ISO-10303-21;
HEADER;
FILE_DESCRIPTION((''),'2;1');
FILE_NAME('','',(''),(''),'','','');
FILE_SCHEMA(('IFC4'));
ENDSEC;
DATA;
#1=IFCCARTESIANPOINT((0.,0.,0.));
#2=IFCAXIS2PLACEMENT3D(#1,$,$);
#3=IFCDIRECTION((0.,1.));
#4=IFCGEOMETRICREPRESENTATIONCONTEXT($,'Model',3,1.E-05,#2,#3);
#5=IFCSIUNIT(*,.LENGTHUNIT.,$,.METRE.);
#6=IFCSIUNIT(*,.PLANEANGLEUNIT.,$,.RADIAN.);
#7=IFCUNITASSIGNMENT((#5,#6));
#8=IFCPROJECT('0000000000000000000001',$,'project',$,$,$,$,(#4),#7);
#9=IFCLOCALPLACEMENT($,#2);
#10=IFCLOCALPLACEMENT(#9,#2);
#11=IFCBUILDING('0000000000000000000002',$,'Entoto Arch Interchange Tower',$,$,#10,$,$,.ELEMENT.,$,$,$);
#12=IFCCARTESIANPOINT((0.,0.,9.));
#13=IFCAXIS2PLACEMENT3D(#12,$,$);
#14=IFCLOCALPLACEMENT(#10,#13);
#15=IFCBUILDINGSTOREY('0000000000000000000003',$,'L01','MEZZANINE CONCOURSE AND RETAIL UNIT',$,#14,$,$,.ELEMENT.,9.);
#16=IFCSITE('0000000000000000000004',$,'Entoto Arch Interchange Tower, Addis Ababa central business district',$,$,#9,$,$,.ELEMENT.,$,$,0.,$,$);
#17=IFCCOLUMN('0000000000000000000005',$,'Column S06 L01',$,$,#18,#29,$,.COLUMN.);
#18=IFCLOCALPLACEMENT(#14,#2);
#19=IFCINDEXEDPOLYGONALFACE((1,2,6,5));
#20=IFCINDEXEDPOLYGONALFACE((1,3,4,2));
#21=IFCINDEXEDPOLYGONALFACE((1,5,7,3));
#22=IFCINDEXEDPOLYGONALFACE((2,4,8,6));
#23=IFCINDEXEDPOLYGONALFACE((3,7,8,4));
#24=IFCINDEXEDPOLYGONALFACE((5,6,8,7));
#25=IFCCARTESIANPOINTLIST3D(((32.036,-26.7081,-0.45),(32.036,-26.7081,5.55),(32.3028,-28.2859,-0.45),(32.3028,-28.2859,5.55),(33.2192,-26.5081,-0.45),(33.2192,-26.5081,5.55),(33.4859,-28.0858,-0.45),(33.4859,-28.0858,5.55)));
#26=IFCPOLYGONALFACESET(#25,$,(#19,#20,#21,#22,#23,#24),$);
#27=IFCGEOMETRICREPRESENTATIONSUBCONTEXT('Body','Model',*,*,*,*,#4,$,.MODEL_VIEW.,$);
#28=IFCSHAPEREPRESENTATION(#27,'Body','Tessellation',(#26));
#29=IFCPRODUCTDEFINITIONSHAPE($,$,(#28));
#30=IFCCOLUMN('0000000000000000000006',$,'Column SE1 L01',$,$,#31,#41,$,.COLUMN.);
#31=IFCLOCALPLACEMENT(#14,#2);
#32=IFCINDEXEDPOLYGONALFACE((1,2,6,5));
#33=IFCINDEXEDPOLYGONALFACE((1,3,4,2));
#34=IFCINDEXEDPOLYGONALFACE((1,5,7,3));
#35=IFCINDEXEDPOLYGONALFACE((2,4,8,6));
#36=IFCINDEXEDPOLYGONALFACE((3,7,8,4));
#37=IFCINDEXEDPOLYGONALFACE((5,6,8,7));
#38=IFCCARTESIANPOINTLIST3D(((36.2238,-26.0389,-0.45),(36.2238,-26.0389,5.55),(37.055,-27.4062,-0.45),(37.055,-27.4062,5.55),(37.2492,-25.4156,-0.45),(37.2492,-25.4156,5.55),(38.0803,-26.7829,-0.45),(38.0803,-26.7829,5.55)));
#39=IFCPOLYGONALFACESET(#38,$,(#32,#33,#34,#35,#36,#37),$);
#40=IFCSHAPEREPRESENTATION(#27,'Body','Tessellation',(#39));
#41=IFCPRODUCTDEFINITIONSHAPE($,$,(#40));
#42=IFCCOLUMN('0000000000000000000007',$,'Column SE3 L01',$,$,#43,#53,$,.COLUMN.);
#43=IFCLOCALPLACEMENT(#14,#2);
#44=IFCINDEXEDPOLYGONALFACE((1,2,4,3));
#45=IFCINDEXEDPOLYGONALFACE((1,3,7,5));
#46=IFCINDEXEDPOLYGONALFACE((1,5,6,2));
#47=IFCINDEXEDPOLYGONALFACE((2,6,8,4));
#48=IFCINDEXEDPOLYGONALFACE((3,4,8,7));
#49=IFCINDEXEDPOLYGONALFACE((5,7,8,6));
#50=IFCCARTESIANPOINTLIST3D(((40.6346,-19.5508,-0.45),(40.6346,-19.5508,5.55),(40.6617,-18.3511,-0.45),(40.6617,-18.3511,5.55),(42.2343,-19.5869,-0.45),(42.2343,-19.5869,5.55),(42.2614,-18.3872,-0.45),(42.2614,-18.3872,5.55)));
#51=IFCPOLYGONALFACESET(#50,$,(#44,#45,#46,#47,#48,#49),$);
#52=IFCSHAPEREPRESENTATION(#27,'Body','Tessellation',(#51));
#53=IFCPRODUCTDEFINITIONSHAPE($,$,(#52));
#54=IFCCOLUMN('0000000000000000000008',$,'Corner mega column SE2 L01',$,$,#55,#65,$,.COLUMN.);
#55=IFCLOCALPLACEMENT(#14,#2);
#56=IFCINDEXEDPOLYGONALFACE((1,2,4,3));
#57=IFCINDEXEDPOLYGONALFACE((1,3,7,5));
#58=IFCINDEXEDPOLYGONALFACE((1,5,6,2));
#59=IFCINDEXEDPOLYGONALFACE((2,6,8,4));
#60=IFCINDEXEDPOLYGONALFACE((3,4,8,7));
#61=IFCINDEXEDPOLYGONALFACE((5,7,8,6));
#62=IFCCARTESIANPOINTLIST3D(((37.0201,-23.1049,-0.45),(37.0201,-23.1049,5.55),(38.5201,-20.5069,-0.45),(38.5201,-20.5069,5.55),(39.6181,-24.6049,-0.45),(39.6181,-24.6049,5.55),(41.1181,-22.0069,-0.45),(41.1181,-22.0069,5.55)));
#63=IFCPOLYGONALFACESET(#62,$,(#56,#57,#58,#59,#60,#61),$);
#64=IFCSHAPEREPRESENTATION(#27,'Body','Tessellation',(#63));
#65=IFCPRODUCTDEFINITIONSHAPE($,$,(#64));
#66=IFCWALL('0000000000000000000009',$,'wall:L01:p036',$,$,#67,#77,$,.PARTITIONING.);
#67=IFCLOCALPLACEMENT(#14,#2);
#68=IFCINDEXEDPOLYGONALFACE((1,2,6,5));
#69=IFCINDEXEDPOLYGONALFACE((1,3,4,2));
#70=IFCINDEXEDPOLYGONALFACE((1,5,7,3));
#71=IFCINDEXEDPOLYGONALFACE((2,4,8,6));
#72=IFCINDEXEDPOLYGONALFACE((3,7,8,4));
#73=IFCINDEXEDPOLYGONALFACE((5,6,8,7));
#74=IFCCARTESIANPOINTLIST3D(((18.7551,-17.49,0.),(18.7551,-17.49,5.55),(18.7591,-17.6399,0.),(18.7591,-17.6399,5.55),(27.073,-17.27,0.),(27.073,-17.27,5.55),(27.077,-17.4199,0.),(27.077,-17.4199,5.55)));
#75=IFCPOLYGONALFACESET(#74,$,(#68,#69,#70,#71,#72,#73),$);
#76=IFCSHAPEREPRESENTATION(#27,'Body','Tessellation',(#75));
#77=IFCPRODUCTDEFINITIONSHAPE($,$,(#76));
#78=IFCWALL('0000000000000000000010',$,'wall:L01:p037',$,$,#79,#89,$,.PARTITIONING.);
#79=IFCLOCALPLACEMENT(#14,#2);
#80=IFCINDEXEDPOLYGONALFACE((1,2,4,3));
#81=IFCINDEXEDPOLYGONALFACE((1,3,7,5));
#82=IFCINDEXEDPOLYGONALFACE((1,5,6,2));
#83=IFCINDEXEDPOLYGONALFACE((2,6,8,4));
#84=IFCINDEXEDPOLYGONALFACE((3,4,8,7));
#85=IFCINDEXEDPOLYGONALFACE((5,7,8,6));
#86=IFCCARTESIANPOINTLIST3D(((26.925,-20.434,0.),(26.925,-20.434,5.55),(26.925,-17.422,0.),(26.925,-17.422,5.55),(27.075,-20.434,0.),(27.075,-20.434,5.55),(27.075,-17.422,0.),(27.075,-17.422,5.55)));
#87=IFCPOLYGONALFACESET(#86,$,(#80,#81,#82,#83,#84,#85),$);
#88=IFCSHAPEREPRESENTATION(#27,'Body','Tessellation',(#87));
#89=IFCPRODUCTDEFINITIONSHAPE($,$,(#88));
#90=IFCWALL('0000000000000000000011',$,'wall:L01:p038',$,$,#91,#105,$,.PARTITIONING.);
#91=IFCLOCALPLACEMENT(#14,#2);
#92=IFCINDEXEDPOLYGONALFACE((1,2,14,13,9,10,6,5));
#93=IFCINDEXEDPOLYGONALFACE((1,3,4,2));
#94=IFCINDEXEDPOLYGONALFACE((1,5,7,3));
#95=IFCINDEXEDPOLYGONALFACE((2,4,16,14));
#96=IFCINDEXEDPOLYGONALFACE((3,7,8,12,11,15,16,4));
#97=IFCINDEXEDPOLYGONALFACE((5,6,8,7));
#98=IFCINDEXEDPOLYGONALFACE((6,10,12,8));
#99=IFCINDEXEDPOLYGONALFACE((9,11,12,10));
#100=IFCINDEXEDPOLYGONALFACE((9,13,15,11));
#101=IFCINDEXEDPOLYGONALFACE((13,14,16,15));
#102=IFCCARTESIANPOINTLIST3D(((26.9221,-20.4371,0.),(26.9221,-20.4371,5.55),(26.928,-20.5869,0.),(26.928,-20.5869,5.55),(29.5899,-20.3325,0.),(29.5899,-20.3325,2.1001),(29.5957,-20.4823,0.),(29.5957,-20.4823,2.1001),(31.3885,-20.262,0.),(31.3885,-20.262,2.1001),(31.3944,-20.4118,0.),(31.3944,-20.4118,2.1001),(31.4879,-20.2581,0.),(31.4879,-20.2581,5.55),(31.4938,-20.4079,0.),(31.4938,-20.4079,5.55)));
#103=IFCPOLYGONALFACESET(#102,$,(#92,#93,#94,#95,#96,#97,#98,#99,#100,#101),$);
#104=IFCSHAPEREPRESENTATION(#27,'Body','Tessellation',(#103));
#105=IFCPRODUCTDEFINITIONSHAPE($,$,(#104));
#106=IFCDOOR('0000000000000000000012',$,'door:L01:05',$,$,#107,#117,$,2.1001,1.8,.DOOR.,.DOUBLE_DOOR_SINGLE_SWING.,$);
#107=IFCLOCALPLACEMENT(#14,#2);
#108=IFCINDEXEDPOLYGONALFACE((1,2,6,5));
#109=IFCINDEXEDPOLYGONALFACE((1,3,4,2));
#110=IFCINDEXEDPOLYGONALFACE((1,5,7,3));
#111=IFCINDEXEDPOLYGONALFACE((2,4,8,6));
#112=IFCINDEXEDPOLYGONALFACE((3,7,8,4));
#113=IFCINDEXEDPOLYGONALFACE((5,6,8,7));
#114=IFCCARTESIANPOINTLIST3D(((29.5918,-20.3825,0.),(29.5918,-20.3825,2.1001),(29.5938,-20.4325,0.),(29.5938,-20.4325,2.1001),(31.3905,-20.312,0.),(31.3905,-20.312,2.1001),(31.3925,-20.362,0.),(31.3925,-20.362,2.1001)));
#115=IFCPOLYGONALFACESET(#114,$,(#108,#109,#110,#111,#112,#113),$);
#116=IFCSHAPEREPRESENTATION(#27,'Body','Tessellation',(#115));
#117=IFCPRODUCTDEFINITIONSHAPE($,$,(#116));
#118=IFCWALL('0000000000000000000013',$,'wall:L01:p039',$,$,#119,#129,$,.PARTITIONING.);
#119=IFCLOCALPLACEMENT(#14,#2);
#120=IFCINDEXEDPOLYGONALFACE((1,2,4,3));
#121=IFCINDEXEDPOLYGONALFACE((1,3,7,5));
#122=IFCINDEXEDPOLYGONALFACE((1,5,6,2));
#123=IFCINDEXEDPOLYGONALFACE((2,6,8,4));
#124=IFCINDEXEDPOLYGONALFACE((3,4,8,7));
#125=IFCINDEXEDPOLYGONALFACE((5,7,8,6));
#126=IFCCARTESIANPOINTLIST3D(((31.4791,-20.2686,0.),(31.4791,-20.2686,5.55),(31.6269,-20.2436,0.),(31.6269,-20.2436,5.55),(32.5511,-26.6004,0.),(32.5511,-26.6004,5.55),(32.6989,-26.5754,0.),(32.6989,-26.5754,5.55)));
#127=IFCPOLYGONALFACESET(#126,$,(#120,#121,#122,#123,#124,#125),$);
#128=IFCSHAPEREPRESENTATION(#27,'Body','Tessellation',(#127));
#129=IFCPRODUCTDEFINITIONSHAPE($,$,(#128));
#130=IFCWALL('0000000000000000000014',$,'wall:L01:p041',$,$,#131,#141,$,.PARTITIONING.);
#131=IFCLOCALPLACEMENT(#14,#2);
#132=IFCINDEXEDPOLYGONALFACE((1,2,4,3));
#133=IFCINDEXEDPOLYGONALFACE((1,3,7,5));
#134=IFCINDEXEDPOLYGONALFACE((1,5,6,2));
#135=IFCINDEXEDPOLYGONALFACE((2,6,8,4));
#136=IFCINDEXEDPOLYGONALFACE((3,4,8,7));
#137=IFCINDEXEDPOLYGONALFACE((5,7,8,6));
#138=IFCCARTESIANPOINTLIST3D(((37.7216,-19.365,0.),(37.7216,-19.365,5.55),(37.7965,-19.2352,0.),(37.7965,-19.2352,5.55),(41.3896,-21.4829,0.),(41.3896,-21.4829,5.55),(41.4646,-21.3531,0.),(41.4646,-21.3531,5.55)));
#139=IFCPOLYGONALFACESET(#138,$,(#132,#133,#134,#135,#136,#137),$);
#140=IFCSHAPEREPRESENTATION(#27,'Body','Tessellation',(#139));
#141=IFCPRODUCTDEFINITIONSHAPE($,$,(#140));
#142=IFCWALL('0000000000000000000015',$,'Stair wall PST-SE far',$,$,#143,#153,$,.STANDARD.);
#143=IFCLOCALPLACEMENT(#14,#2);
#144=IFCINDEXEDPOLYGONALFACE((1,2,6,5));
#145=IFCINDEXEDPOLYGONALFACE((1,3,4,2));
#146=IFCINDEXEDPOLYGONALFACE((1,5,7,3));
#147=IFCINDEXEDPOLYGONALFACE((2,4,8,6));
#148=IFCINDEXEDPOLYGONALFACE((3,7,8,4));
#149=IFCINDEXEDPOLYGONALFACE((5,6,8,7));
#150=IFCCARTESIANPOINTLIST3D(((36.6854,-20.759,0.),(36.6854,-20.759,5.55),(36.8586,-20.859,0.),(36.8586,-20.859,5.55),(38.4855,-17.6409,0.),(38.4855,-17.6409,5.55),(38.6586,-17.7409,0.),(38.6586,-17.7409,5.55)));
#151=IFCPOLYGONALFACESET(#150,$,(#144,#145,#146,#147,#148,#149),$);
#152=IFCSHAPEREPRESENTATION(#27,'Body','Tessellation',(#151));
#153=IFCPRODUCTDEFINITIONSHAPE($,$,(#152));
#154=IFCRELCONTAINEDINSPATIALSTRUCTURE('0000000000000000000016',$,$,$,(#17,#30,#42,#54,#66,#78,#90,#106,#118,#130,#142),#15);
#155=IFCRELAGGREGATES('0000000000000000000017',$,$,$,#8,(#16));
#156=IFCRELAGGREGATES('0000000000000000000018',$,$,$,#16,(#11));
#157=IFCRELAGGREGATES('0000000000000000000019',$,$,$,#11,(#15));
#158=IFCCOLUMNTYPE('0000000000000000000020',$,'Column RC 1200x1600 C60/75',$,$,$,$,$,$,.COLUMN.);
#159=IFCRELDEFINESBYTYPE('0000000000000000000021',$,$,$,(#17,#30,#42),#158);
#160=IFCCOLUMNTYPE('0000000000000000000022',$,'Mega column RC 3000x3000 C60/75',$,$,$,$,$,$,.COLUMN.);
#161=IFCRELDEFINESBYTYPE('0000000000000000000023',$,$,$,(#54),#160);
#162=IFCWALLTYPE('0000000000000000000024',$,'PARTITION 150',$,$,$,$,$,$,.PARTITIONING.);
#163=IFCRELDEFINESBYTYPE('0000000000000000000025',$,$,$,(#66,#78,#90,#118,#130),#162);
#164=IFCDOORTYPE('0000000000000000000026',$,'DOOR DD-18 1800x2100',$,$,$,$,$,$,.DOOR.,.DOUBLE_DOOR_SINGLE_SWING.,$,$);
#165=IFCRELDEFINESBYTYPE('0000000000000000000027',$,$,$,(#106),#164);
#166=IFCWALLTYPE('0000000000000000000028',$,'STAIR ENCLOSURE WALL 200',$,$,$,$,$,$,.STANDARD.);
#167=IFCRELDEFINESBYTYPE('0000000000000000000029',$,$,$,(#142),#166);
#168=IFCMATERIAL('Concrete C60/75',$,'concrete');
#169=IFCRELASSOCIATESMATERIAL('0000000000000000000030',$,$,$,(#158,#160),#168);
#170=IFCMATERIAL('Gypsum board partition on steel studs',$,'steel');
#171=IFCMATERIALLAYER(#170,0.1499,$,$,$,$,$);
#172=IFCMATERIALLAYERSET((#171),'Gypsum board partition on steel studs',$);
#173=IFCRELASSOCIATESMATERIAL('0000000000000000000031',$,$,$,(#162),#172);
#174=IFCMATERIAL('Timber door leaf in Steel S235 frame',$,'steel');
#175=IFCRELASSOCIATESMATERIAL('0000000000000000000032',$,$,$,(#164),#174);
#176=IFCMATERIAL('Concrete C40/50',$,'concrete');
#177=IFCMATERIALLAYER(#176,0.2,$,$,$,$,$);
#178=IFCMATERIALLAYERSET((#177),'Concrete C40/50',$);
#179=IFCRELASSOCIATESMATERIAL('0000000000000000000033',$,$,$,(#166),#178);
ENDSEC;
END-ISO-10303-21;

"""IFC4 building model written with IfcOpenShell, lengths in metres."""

from ifc_helpers import new_model, si_unit, direction, frame, frame_2d, origin, origin_2d, place, context, subcontext, project, spatial, rectangle, extrude, material, layer, layer_set, material_profile, profile_set, type_object, element, fill, save


model = new_model("IFC4")

# Units and contexts
model_context = context("Model", 3, precision=1e-05, world=origin(), true_north=direction((0.0, 1.0)))
body_context = subcontext(model_context, "Body", "Model", "MODEL_VIEW")
ifc_project = project(units=[si_unit("LENGTHUNIT", "METRE"), si_unit("PLANEANGLEUNIT", "RADIAN")], contexts=[model_context])

# Site, building, storey
site_placement = place(None, origin())
site = spatial("IfcSite", under=ifc_project, at=site_placement, Name="Entoto Arch Interchange Tower, Addis Ababa central business district", CompositionType="ELEMENT", RefElevation=0.0)
building_placement = place(site_placement, origin())
building = spatial("IfcBuilding", under=site, at=building_placement, Name="Entoto Arch Interchange Tower", CompositionType="ELEMENT")
storey_placement = place(building_placement, frame((0.0, 0.0, 9.0)))
storey = spatial("IfcBuildingStorey", under=building, at=storey_placement, Name="L01", Description="MEZZANINE CONCOURSE AND RETAIL UNIT", CompositionType="ELEMENT", Elevation=9.0)

# Columns
ifc_material_1 = material(Name="Concrete C60/75", Category="concrete")
ifc_material_profile_1 = material_profile(ifc_material_1, rectangle(XDim=1.2, YDim=1.6001, at=origin_2d()))
ifc_profile_set_1 = profile_set([ifc_material_profile_1], Name="Concrete C60/75")
column_type_1 = type_object("IfcColumnType", Name="Column RC 1200x1600 C60/75", PredefinedType="COLUMN", material=ifc_profile_set_1)
for number, where, z_axis, x_axis, name in (
    (1, (32.761, -27.397, -0.45), (0.0, 0.0, 1.0), (0.986005, 0.166717, 0.0), "Column S06 L01"),
    (2, (37.1521, -26.4109, -0.45), (0.0, 0.0, 1.0), (0.854522, 0.519415, 0.0), "Column SE1 L01"),
    (3, (41.448, -18.969, -0.45), (0.0, 0.0, 1.0), (0.022565, 0.999745, 0.0), "Column SE3 L01"),
):
    element("IfcColumn", number, at=place(storey_placement, frame(where, z_axis=z_axis, x_axis=x_axis)), inside=storey, type_object=column_type_1, Name=name, PredefinedType="COLUMN", context=body_context, shape_type="SweptSolid", body=[
        extrude(rectangle(XDim=1.2, YDim=1.6001, at=origin_2d()), origin(), (0.0, 0.0, 1.0), 6.0),
    ])
ifc_material_profile_2 = material_profile(ifc_material_1, rectangle(XDim=3.0, YDim=3.0, at=origin_2d()))
ifc_profile_set_2 = profile_set([ifc_material_profile_2], Name="Concrete C60/75")
column_type_2 = type_object("IfcColumnType", Name="Mega column RC 3000x3000 C60/75", PredefinedType="COLUMN", material=ifc_profile_set_2)
column_placement = place(storey_placement, frame((39.0691, -22.5559, -0.45), z_axis=(0.0, 0.0, 1.0), x_axis=(-0.866025, 0.5, 0.0)))
element("IfcColumn", 4, at=column_placement, inside=storey, type_object=column_type_2, Name="Corner mega column SE2 L01", PredefinedType="COLUMN", context=body_context, shape_type="SweptSolid", body=[
    extrude(rectangle(XDim=3.0, YDim=3.0, at=origin_2d()), origin(), (0.0, 0.0, 1.0), 6.0),
])

# Walls
ifc_material_2 = material(Name="Gypsum board partition on steel studs", Category="steel")
ifc_layer_1 = layer(ifc_material_2, 0.1499)
ifc_layer_set_1 = layer_set([ifc_layer_1], Name="Gypsum board partition on steel studs")
wall_type_1 = type_object("IfcWallType", Name="PARTITION 150", PredefinedType="PARTITIONING", material=ifc_layer_set_1)
wall_1_placement = place(storey_placement, frame((18.7571, -17.5649, 0.0), z_axis=(0.0, 0.0, 1.0), x_axis=(0.99965, 0.026436, 0.0)))
element("IfcWall", 5, at=wall_1_placement, inside=storey, type_object=wall_type_1, Name="wall:L01:p036", PredefinedType="PARTITIONING", context=body_context, shape_type="SweptSolid", body=[
    extrude(rectangle(XDim=8.3208, YDim=0.1499, at=frame_2d((4.1604, 0.0))), origin(), (0.0, 0.0, 1.0), 5.55),
])
wall_2_placement = place(storey_placement, frame((27.0, -17.4221, 0.0), z_axis=(0.0, 0.0, 1.0), x_axis=(0.0, -1.0, 0.0)))
element("IfcWall", 6, at=wall_2_placement, inside=storey, type_object=wall_type_1, Name="wall:L01:p037", PredefinedType="PARTITIONING", context=body_context, shape_type="SweptSolid", body=[
    extrude(rectangle(XDim=3.012, YDim=0.1499, at=frame_2d((1.5059, 0.0))), origin(), (0.0, 0.0, 1.0), 5.55),
])

# Wall, opening, door
wall_3_placement = place(storey_placement, frame((26.925, -20.512, 0.0), z_axis=(0.0, 0.0, 1.0), x_axis=(0.999233, 0.039164, 0.0)))
wall_3 = element("IfcWall", 7, at=wall_3_placement, inside=storey, type_object=wall_type_1, Name="wall:L01:p038", PredefinedType="PARTITIONING", context=body_context, shape_type="SweptSolid", body=[
    extrude(rectangle(XDim=4.5693, YDim=0.1499, at=frame_2d((2.2847, 0.0))), origin(), (0.0, 0.0, 1.0), 5.55),
])
opening_1_placement = place(wall_3_placement, frame((2.6699, 0.0, 0.0)))
opening_1 = element("IfcOpeningElement", 8, at=opening_1_placement, cuts=wall_3, PredefinedType="OPENING", context=body_context, shape_type="SweptSolid", body=[
    extrude(rectangle(XDim=1.8, YDim=2.1001, at=frame_2d((0.8999, 1.05))), frame((0.0, 0.085, 0.0), z_axis=(0.0, -1.0, 0.0), x_axis=(1.0, 0.0, 0.0)), (0.0, 0.0, 1.0), 0.1699),
])
ifc_material_3 = material(Name="Timber door leaf in Steel S235 frame", Category="steel")
door_type = type_object("IfcDoorType", Name="DOOR DD-18 1800x2100", OperationType="DOUBLE_DOOR_SINGLE_SWING", PredefinedType="DOOR", material=ifc_material_3)
door_placement = place(opening_1_placement, origin())
door = element("IfcDoor", 9, at=door_placement, inside=storey, type_object=door_type, Name="door:L01:05", OperationType="DOUBLE_DOOR_SINGLE_SWING", OverallHeight=2.1001, OverallWidth=1.8, PredefinedType="DOOR", context=body_context, shape_type="SweptSolid", body=[
    extrude(rectangle(XDim=1.8, YDim=2.1001, at=frame_2d((0.8999, 1.05))), frame((0.0, 0.0249, 0.0), z_axis=(0.0, -1.0, 0.0), x_axis=(1.0, 0.0, 0.0)), (0.0, 0.0, 1.0), 0.05),
])
fill(opening_1, door)

# Walls
wall_4_placement = place(storey_placement, frame((31.553, -20.2561, 0.0), z_axis=(0.0, 0.0, 1.0), x_axis=(0.166932, -0.985968, 0.0)))
element("IfcWall", 10, at=wall_4_placement, inside=storey, type_object=wall_type_1, Name="wall:L01:p039", PredefinedType="PARTITIONING", context=body_context, shape_type="SweptSolid", body=[
    extrude(rectangle(XDim=6.4219, YDim=0.1499, at=frame_2d((3.2109, 0.0))), origin(), (0.0, 0.0, 1.0), 5.55),
])
wall_5_placement = place(storey_placement, frame((41.427, -21.418, 0.0), z_axis=(0.0, 0.0, 1.0), x_axis=(-0.866003, 0.500038, 0.0)))
element("IfcWall", 11, at=wall_5_placement, inside=storey, type_object=wall_type_1, Name="wall:L01:p041", PredefinedType="PARTITIONING", context=body_context, shape_type="SweptSolid", body=[
    extrude(rectangle(XDim=4.2356, YDim=0.1499, at=frame_2d((2.1177, 0.0))), origin(), (0.0, 0.0, 1.0), 5.55),
])
ifc_material_4 = material(Name="Concrete C40/50", Category="concrete")
ifc_layer_2 = layer(ifc_material_4, 0.2)
ifc_layer_set_2 = layer_set([ifc_layer_2], Name="Concrete C40/50")
wall_type_2 = type_object("IfcWallType", Name="STAIR ENCLOSURE WALL 200", PredefinedType="STANDARD", material=ifc_layer_set_2)
wall_6_placement = place(storey_placement, frame((36.772, -20.8091, 0.0), z_axis=(0.0, 0.0, 1.0), x_axis=(0.499953, 0.866052, 0.0)))
element("IfcWall", 12, at=wall_6_placement, inside=storey, type_object=wall_type_2, Name="Stair wall PST-SE far", PredefinedType="STANDARD", context=body_context, shape_type="SweptSolid", body=[
    extrude(rectangle(XDim=3.6003, YDim=0.2, at=frame_2d((1.8003, 0.0))), origin(), (0.0, 0.0, 1.0), 5.55),
])

save(model, "model.ifc")
